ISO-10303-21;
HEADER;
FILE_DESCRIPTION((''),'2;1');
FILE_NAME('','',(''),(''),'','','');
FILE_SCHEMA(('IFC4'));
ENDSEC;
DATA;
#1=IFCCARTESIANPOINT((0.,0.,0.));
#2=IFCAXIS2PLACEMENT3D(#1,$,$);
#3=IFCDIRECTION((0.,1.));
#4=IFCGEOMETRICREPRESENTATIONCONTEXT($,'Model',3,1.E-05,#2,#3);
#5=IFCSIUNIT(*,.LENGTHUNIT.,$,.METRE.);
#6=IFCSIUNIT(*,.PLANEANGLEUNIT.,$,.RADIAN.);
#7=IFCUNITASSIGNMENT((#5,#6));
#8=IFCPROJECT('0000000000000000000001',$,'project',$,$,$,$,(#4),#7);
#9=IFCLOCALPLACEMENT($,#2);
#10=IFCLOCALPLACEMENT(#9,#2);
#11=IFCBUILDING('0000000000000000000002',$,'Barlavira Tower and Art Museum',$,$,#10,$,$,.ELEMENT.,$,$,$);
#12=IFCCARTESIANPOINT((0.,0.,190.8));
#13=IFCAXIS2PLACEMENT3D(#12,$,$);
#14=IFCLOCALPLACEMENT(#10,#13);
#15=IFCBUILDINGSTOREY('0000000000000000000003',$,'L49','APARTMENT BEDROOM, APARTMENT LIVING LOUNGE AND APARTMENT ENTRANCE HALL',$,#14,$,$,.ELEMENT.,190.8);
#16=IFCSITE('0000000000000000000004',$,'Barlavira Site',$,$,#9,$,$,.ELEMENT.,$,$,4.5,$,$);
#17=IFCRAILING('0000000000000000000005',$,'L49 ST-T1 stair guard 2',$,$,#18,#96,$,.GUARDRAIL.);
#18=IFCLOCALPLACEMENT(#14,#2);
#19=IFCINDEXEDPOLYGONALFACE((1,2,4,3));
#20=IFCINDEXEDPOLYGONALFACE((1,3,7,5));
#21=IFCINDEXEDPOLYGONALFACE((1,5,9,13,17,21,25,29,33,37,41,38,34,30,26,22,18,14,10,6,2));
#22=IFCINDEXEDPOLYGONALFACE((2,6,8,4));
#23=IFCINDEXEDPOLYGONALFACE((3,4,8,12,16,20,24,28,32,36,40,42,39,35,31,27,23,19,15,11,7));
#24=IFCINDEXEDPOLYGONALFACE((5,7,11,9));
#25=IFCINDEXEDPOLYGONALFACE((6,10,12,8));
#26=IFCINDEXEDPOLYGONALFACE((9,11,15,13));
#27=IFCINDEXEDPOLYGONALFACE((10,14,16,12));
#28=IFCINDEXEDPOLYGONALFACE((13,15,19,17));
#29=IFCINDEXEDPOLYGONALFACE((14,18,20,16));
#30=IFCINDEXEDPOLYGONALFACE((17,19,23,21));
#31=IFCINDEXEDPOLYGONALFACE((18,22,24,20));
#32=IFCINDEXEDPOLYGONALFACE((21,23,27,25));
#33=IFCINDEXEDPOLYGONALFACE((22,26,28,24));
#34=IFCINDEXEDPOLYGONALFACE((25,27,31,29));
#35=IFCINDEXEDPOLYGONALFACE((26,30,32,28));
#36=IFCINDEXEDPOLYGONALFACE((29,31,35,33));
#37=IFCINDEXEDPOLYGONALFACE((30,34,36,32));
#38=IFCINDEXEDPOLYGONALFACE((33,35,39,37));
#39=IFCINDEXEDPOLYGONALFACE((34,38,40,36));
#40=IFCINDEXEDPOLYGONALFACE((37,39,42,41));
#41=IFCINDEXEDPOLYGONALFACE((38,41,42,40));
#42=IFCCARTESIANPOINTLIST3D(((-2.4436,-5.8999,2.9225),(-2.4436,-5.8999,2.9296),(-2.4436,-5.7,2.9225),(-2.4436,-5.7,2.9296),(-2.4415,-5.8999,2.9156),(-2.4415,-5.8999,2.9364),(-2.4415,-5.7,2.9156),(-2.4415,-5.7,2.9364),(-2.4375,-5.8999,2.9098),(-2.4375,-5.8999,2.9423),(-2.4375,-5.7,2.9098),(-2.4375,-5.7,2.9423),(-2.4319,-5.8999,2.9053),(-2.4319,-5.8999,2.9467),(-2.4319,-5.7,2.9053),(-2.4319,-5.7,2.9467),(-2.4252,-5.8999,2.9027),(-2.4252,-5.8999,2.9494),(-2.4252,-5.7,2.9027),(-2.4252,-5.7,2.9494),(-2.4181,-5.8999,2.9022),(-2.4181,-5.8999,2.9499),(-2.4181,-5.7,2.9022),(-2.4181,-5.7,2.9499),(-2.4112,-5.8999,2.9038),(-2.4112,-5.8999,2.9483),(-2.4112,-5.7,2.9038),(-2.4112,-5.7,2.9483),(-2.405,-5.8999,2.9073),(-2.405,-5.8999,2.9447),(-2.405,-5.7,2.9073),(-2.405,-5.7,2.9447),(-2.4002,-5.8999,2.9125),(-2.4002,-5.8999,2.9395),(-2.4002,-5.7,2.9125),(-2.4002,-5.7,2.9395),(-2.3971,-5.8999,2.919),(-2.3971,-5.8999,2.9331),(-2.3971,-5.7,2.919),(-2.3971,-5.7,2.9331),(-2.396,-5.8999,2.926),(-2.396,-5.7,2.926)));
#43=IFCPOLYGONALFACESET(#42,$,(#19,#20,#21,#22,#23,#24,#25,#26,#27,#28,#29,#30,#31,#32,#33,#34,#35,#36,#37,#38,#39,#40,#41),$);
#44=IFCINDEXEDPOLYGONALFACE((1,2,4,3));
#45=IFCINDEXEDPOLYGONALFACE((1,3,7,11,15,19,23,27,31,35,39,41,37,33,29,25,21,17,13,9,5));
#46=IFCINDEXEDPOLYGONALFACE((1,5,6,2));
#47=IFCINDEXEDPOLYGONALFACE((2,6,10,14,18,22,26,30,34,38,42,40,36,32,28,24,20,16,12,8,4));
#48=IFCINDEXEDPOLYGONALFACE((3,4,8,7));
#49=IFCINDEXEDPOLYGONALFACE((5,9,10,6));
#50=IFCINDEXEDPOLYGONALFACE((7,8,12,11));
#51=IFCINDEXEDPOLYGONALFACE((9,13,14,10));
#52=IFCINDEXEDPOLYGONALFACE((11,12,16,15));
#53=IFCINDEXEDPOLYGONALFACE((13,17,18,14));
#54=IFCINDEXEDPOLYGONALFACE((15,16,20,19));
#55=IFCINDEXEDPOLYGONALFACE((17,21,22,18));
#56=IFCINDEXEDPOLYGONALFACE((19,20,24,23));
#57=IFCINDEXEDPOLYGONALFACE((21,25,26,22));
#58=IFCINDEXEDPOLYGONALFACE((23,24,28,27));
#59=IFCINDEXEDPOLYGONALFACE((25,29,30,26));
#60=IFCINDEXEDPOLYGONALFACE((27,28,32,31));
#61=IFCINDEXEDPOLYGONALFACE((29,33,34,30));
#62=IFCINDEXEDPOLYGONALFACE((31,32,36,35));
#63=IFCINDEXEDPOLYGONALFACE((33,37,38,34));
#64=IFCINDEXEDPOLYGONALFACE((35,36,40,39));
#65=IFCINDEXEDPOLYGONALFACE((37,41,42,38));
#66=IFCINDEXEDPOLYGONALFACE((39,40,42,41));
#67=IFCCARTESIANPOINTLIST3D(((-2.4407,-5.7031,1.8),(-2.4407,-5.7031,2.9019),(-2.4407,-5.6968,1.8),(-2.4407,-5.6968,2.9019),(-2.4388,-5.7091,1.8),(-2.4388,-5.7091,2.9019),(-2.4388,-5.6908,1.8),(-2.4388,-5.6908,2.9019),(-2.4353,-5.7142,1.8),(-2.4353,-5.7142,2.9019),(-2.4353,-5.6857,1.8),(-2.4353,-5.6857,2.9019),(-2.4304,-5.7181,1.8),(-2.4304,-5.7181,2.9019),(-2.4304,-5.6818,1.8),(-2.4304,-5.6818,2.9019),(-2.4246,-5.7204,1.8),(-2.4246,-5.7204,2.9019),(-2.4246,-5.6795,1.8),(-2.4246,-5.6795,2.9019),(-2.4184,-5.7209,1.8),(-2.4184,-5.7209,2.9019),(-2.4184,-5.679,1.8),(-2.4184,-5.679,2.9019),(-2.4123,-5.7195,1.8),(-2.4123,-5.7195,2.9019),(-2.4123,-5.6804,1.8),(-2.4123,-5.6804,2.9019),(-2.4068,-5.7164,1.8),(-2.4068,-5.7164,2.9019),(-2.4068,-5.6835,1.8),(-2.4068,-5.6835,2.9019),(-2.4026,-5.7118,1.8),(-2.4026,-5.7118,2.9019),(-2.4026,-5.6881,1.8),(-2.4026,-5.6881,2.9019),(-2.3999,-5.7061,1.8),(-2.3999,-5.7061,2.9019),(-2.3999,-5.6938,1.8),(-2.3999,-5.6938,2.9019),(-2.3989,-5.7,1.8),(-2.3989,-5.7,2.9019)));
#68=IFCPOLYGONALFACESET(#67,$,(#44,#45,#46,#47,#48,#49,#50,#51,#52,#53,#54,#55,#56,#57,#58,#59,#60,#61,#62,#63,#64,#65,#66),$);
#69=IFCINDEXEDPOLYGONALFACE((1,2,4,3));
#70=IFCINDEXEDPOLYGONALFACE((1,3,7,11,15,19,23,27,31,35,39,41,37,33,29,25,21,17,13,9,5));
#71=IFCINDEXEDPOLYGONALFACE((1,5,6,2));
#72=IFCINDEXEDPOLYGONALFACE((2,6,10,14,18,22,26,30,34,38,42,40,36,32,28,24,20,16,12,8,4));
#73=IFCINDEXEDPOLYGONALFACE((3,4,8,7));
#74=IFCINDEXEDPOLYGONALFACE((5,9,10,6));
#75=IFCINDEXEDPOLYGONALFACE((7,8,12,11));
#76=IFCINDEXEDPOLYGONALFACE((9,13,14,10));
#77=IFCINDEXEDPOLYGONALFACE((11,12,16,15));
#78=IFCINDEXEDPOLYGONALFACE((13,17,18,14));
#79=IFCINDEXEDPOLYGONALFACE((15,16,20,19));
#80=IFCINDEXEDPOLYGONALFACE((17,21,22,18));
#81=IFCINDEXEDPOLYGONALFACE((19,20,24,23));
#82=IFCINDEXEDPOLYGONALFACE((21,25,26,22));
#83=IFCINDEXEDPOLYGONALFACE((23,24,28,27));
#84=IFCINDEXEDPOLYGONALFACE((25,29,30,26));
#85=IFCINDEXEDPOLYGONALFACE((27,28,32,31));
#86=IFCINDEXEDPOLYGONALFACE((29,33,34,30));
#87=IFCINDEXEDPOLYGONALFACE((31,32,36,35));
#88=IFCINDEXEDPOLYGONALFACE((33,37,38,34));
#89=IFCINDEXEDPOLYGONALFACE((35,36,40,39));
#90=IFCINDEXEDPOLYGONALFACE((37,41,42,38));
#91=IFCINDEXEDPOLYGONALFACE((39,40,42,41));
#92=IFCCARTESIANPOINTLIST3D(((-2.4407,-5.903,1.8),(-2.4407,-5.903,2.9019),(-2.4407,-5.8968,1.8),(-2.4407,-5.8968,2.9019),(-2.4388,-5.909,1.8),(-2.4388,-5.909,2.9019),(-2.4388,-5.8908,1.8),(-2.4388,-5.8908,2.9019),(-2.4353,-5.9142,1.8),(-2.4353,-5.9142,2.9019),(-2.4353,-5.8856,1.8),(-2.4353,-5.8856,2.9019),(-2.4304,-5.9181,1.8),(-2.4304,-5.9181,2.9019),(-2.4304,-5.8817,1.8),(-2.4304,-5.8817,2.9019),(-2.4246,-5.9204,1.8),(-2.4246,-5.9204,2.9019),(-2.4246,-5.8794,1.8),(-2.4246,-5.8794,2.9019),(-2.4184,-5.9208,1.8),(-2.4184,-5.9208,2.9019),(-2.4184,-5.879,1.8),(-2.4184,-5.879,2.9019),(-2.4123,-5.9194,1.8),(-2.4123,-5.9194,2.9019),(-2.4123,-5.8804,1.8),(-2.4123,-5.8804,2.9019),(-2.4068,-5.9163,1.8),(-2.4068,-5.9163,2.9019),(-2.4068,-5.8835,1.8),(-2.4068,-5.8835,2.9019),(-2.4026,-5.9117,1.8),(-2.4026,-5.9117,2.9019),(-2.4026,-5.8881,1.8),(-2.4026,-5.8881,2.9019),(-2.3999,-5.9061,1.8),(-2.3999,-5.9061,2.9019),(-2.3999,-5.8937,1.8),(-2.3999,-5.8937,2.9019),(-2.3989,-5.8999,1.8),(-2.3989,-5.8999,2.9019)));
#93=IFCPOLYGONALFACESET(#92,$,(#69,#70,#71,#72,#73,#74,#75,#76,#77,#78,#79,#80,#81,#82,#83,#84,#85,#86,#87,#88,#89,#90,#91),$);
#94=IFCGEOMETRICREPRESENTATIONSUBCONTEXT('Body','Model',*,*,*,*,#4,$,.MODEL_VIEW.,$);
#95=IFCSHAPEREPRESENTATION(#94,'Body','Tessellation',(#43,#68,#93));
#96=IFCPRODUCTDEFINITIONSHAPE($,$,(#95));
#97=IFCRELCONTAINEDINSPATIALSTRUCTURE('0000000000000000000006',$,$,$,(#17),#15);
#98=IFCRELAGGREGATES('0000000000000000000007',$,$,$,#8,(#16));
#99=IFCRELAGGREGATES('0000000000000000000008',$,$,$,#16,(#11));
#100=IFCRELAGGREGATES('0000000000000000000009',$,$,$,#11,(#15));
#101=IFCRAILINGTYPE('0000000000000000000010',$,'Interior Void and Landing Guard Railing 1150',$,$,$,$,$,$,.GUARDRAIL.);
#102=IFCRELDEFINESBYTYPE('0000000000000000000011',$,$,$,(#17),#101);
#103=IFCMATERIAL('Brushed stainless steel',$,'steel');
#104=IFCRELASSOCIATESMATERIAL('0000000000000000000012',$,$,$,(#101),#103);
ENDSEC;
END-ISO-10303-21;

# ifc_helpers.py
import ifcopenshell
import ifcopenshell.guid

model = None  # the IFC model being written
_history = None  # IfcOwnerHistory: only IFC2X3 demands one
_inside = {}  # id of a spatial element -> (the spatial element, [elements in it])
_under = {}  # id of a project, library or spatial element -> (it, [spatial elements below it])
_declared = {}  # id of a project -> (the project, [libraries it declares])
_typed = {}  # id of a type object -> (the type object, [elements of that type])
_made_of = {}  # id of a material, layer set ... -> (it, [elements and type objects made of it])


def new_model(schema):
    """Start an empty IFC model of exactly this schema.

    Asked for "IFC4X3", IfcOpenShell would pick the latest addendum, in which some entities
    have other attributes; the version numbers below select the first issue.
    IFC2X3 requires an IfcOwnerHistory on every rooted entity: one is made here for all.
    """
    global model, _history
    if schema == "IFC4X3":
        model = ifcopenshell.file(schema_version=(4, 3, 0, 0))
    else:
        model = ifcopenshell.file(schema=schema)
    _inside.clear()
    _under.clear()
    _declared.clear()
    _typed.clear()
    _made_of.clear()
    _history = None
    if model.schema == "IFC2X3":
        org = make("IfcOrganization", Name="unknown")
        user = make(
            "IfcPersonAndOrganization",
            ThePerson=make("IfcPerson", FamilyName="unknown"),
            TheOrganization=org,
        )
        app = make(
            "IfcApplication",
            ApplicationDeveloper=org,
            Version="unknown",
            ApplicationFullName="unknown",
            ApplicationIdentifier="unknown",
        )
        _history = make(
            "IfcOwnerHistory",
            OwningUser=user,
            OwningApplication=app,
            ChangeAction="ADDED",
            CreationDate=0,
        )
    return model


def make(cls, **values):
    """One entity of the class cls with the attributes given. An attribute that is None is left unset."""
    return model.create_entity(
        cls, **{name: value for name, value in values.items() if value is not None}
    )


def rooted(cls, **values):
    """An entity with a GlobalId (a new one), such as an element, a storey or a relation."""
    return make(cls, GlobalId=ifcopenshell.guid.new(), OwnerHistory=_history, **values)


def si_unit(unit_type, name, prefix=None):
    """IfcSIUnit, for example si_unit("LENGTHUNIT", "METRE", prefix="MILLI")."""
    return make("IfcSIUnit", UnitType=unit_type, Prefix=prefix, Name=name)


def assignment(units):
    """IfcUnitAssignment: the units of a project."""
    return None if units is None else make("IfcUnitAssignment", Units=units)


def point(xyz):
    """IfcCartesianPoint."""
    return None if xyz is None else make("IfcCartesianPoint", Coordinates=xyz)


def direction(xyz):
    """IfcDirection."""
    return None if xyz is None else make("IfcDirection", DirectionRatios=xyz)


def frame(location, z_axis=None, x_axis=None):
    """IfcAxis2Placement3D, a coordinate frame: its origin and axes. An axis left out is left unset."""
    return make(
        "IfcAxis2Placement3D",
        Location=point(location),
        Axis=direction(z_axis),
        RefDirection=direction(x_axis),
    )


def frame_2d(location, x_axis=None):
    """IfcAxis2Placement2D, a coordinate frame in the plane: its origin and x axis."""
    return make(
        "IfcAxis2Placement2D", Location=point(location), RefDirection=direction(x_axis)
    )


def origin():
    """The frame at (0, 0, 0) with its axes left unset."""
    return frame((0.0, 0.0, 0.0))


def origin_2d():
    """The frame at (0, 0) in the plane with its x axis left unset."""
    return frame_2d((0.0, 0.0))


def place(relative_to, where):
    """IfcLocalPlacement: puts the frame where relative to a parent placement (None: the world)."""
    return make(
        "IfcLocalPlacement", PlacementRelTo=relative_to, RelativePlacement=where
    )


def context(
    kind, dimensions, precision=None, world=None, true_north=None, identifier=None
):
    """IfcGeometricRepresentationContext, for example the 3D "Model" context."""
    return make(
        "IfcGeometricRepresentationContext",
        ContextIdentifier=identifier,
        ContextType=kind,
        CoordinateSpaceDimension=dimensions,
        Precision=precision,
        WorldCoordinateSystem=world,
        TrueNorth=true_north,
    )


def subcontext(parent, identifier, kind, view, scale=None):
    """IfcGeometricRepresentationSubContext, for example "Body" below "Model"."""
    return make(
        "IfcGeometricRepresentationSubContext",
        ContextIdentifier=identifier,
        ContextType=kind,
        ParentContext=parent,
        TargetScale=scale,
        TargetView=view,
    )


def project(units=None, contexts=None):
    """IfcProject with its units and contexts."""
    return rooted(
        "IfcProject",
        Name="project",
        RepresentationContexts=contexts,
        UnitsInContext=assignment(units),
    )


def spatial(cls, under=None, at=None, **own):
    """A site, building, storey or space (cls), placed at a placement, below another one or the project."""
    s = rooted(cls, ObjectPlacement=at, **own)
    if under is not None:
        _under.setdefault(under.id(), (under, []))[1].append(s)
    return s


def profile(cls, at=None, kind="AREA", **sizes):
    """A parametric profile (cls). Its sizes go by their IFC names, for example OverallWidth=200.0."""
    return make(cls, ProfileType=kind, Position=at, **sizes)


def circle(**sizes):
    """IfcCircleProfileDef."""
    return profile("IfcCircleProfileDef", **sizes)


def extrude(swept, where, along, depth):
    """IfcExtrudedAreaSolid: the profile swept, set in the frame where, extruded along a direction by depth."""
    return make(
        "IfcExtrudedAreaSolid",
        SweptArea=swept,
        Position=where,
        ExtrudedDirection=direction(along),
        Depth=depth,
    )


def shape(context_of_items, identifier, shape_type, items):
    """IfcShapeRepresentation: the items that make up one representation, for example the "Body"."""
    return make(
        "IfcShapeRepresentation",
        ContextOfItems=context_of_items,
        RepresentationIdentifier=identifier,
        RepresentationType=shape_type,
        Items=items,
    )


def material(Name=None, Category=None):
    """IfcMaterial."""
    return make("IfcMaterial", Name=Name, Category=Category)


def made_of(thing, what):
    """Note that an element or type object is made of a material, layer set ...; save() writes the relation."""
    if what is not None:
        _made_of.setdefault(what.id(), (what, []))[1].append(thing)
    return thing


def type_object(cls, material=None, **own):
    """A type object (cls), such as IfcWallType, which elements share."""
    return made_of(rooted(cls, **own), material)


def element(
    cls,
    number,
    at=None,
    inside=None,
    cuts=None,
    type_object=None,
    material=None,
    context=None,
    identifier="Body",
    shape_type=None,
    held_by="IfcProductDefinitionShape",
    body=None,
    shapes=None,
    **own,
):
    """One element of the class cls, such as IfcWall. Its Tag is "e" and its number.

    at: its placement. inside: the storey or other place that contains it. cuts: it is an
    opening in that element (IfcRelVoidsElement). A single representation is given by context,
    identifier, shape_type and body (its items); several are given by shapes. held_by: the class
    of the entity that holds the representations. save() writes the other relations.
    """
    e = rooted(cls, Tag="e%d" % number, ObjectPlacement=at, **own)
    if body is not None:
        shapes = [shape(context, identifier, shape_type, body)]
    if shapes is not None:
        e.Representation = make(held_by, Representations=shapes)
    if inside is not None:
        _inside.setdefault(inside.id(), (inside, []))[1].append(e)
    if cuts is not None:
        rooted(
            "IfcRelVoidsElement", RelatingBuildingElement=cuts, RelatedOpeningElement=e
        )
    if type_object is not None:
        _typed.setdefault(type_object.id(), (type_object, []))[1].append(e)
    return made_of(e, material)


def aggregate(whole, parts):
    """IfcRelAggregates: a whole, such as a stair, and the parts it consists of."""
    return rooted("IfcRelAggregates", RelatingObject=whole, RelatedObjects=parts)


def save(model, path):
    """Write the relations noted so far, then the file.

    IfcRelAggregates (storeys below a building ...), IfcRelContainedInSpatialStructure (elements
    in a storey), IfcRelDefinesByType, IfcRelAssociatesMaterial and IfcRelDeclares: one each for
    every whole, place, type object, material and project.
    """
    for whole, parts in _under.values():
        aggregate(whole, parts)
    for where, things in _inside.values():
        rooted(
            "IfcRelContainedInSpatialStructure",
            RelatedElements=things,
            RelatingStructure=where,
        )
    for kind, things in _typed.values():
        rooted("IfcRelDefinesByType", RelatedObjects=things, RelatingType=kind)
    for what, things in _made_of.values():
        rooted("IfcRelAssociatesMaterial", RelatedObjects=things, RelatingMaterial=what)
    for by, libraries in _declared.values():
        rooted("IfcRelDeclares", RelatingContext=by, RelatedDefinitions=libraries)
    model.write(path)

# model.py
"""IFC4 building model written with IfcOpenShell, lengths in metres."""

from ifc_helpers import new_model, si_unit, direction, frame, origin, origin_2d, place, context, subcontext, project, spatial, circle, extrude, material, type_object, element, save


model = new_model("IFC4")

# Units and contexts
model_context = context("Model", 3, precision=1e-05, world=origin(), true_north=direction((0.0, 1.0)))
body_context = subcontext(model_context, "Body", "Model", "MODEL_VIEW")
ifc_project = project(units=[si_unit("LENGTHUNIT", "METRE"), si_unit("PLANEANGLEUNIT", "RADIAN")], contexts=[model_context])

# Site, building, storey
site_placement = place(None, origin())
site = spatial("IfcSite", under=ifc_project, at=site_placement, Name="Barlavira Site", CompositionType="ELEMENT", RefElevation=4.5)
building_placement = place(site_placement, origin())
building = spatial("IfcBuilding", under=site, at=building_placement, Name="Barlavira Tower and Art Museum", CompositionType="ELEMENT")
storey_placement = place(building_placement, frame((0.0, 0.0, 190.8)))
storey = spatial("IfcBuildingStorey", under=building, at=storey_placement, Name="L49", Description="APARTMENT BEDROOM, APARTMENT LIVING LOUNGE AND APARTMENT ENTRANCE HALL", CompositionType="ELEMENT", Elevation=190.8)

# Shared definitions
ifc_material_1 = material(Name="Brushed stainless steel", Category="steel")

# Railing
railing_type_1 = type_object("IfcRailingType", Name="Interior Void and Landing Guard Railing 1150", PredefinedType="GUARDRAIL", material=ifc_material_1)
railing_1_placement = place(storey_placement, frame((-2.4199, -5.7, 1.8)))
element("IfcRailing", 1, at=railing_1_placement, inside=storey, type_object=railing_type_1, Name="L49 ST-T1 stair guard 2", PredefinedType="GUARDRAIL", context=body_context, shape_type="SweptSolid", body=[
    extrude(circle(Radius=0.0239, at=origin_2d()), frame((0.0, 0.0, 1.126), z_axis=(0.0, -1.0, 0.0), x_axis=(1.0, 0.0, 0.0)), (0.0, 0.0, 1.0), 0.2),
    extrude(circle(Radius=0.021, at=origin_2d()), origin(), (0.0, 0.0, 1.0), 1.1018),
    extrude(circle(Radius=0.021, at=origin_2d()), frame((0.0, -0.2, 0.0)), (0.0, 0.0, 1.0), 1.1018),
])

save(model, "model.ifc")
